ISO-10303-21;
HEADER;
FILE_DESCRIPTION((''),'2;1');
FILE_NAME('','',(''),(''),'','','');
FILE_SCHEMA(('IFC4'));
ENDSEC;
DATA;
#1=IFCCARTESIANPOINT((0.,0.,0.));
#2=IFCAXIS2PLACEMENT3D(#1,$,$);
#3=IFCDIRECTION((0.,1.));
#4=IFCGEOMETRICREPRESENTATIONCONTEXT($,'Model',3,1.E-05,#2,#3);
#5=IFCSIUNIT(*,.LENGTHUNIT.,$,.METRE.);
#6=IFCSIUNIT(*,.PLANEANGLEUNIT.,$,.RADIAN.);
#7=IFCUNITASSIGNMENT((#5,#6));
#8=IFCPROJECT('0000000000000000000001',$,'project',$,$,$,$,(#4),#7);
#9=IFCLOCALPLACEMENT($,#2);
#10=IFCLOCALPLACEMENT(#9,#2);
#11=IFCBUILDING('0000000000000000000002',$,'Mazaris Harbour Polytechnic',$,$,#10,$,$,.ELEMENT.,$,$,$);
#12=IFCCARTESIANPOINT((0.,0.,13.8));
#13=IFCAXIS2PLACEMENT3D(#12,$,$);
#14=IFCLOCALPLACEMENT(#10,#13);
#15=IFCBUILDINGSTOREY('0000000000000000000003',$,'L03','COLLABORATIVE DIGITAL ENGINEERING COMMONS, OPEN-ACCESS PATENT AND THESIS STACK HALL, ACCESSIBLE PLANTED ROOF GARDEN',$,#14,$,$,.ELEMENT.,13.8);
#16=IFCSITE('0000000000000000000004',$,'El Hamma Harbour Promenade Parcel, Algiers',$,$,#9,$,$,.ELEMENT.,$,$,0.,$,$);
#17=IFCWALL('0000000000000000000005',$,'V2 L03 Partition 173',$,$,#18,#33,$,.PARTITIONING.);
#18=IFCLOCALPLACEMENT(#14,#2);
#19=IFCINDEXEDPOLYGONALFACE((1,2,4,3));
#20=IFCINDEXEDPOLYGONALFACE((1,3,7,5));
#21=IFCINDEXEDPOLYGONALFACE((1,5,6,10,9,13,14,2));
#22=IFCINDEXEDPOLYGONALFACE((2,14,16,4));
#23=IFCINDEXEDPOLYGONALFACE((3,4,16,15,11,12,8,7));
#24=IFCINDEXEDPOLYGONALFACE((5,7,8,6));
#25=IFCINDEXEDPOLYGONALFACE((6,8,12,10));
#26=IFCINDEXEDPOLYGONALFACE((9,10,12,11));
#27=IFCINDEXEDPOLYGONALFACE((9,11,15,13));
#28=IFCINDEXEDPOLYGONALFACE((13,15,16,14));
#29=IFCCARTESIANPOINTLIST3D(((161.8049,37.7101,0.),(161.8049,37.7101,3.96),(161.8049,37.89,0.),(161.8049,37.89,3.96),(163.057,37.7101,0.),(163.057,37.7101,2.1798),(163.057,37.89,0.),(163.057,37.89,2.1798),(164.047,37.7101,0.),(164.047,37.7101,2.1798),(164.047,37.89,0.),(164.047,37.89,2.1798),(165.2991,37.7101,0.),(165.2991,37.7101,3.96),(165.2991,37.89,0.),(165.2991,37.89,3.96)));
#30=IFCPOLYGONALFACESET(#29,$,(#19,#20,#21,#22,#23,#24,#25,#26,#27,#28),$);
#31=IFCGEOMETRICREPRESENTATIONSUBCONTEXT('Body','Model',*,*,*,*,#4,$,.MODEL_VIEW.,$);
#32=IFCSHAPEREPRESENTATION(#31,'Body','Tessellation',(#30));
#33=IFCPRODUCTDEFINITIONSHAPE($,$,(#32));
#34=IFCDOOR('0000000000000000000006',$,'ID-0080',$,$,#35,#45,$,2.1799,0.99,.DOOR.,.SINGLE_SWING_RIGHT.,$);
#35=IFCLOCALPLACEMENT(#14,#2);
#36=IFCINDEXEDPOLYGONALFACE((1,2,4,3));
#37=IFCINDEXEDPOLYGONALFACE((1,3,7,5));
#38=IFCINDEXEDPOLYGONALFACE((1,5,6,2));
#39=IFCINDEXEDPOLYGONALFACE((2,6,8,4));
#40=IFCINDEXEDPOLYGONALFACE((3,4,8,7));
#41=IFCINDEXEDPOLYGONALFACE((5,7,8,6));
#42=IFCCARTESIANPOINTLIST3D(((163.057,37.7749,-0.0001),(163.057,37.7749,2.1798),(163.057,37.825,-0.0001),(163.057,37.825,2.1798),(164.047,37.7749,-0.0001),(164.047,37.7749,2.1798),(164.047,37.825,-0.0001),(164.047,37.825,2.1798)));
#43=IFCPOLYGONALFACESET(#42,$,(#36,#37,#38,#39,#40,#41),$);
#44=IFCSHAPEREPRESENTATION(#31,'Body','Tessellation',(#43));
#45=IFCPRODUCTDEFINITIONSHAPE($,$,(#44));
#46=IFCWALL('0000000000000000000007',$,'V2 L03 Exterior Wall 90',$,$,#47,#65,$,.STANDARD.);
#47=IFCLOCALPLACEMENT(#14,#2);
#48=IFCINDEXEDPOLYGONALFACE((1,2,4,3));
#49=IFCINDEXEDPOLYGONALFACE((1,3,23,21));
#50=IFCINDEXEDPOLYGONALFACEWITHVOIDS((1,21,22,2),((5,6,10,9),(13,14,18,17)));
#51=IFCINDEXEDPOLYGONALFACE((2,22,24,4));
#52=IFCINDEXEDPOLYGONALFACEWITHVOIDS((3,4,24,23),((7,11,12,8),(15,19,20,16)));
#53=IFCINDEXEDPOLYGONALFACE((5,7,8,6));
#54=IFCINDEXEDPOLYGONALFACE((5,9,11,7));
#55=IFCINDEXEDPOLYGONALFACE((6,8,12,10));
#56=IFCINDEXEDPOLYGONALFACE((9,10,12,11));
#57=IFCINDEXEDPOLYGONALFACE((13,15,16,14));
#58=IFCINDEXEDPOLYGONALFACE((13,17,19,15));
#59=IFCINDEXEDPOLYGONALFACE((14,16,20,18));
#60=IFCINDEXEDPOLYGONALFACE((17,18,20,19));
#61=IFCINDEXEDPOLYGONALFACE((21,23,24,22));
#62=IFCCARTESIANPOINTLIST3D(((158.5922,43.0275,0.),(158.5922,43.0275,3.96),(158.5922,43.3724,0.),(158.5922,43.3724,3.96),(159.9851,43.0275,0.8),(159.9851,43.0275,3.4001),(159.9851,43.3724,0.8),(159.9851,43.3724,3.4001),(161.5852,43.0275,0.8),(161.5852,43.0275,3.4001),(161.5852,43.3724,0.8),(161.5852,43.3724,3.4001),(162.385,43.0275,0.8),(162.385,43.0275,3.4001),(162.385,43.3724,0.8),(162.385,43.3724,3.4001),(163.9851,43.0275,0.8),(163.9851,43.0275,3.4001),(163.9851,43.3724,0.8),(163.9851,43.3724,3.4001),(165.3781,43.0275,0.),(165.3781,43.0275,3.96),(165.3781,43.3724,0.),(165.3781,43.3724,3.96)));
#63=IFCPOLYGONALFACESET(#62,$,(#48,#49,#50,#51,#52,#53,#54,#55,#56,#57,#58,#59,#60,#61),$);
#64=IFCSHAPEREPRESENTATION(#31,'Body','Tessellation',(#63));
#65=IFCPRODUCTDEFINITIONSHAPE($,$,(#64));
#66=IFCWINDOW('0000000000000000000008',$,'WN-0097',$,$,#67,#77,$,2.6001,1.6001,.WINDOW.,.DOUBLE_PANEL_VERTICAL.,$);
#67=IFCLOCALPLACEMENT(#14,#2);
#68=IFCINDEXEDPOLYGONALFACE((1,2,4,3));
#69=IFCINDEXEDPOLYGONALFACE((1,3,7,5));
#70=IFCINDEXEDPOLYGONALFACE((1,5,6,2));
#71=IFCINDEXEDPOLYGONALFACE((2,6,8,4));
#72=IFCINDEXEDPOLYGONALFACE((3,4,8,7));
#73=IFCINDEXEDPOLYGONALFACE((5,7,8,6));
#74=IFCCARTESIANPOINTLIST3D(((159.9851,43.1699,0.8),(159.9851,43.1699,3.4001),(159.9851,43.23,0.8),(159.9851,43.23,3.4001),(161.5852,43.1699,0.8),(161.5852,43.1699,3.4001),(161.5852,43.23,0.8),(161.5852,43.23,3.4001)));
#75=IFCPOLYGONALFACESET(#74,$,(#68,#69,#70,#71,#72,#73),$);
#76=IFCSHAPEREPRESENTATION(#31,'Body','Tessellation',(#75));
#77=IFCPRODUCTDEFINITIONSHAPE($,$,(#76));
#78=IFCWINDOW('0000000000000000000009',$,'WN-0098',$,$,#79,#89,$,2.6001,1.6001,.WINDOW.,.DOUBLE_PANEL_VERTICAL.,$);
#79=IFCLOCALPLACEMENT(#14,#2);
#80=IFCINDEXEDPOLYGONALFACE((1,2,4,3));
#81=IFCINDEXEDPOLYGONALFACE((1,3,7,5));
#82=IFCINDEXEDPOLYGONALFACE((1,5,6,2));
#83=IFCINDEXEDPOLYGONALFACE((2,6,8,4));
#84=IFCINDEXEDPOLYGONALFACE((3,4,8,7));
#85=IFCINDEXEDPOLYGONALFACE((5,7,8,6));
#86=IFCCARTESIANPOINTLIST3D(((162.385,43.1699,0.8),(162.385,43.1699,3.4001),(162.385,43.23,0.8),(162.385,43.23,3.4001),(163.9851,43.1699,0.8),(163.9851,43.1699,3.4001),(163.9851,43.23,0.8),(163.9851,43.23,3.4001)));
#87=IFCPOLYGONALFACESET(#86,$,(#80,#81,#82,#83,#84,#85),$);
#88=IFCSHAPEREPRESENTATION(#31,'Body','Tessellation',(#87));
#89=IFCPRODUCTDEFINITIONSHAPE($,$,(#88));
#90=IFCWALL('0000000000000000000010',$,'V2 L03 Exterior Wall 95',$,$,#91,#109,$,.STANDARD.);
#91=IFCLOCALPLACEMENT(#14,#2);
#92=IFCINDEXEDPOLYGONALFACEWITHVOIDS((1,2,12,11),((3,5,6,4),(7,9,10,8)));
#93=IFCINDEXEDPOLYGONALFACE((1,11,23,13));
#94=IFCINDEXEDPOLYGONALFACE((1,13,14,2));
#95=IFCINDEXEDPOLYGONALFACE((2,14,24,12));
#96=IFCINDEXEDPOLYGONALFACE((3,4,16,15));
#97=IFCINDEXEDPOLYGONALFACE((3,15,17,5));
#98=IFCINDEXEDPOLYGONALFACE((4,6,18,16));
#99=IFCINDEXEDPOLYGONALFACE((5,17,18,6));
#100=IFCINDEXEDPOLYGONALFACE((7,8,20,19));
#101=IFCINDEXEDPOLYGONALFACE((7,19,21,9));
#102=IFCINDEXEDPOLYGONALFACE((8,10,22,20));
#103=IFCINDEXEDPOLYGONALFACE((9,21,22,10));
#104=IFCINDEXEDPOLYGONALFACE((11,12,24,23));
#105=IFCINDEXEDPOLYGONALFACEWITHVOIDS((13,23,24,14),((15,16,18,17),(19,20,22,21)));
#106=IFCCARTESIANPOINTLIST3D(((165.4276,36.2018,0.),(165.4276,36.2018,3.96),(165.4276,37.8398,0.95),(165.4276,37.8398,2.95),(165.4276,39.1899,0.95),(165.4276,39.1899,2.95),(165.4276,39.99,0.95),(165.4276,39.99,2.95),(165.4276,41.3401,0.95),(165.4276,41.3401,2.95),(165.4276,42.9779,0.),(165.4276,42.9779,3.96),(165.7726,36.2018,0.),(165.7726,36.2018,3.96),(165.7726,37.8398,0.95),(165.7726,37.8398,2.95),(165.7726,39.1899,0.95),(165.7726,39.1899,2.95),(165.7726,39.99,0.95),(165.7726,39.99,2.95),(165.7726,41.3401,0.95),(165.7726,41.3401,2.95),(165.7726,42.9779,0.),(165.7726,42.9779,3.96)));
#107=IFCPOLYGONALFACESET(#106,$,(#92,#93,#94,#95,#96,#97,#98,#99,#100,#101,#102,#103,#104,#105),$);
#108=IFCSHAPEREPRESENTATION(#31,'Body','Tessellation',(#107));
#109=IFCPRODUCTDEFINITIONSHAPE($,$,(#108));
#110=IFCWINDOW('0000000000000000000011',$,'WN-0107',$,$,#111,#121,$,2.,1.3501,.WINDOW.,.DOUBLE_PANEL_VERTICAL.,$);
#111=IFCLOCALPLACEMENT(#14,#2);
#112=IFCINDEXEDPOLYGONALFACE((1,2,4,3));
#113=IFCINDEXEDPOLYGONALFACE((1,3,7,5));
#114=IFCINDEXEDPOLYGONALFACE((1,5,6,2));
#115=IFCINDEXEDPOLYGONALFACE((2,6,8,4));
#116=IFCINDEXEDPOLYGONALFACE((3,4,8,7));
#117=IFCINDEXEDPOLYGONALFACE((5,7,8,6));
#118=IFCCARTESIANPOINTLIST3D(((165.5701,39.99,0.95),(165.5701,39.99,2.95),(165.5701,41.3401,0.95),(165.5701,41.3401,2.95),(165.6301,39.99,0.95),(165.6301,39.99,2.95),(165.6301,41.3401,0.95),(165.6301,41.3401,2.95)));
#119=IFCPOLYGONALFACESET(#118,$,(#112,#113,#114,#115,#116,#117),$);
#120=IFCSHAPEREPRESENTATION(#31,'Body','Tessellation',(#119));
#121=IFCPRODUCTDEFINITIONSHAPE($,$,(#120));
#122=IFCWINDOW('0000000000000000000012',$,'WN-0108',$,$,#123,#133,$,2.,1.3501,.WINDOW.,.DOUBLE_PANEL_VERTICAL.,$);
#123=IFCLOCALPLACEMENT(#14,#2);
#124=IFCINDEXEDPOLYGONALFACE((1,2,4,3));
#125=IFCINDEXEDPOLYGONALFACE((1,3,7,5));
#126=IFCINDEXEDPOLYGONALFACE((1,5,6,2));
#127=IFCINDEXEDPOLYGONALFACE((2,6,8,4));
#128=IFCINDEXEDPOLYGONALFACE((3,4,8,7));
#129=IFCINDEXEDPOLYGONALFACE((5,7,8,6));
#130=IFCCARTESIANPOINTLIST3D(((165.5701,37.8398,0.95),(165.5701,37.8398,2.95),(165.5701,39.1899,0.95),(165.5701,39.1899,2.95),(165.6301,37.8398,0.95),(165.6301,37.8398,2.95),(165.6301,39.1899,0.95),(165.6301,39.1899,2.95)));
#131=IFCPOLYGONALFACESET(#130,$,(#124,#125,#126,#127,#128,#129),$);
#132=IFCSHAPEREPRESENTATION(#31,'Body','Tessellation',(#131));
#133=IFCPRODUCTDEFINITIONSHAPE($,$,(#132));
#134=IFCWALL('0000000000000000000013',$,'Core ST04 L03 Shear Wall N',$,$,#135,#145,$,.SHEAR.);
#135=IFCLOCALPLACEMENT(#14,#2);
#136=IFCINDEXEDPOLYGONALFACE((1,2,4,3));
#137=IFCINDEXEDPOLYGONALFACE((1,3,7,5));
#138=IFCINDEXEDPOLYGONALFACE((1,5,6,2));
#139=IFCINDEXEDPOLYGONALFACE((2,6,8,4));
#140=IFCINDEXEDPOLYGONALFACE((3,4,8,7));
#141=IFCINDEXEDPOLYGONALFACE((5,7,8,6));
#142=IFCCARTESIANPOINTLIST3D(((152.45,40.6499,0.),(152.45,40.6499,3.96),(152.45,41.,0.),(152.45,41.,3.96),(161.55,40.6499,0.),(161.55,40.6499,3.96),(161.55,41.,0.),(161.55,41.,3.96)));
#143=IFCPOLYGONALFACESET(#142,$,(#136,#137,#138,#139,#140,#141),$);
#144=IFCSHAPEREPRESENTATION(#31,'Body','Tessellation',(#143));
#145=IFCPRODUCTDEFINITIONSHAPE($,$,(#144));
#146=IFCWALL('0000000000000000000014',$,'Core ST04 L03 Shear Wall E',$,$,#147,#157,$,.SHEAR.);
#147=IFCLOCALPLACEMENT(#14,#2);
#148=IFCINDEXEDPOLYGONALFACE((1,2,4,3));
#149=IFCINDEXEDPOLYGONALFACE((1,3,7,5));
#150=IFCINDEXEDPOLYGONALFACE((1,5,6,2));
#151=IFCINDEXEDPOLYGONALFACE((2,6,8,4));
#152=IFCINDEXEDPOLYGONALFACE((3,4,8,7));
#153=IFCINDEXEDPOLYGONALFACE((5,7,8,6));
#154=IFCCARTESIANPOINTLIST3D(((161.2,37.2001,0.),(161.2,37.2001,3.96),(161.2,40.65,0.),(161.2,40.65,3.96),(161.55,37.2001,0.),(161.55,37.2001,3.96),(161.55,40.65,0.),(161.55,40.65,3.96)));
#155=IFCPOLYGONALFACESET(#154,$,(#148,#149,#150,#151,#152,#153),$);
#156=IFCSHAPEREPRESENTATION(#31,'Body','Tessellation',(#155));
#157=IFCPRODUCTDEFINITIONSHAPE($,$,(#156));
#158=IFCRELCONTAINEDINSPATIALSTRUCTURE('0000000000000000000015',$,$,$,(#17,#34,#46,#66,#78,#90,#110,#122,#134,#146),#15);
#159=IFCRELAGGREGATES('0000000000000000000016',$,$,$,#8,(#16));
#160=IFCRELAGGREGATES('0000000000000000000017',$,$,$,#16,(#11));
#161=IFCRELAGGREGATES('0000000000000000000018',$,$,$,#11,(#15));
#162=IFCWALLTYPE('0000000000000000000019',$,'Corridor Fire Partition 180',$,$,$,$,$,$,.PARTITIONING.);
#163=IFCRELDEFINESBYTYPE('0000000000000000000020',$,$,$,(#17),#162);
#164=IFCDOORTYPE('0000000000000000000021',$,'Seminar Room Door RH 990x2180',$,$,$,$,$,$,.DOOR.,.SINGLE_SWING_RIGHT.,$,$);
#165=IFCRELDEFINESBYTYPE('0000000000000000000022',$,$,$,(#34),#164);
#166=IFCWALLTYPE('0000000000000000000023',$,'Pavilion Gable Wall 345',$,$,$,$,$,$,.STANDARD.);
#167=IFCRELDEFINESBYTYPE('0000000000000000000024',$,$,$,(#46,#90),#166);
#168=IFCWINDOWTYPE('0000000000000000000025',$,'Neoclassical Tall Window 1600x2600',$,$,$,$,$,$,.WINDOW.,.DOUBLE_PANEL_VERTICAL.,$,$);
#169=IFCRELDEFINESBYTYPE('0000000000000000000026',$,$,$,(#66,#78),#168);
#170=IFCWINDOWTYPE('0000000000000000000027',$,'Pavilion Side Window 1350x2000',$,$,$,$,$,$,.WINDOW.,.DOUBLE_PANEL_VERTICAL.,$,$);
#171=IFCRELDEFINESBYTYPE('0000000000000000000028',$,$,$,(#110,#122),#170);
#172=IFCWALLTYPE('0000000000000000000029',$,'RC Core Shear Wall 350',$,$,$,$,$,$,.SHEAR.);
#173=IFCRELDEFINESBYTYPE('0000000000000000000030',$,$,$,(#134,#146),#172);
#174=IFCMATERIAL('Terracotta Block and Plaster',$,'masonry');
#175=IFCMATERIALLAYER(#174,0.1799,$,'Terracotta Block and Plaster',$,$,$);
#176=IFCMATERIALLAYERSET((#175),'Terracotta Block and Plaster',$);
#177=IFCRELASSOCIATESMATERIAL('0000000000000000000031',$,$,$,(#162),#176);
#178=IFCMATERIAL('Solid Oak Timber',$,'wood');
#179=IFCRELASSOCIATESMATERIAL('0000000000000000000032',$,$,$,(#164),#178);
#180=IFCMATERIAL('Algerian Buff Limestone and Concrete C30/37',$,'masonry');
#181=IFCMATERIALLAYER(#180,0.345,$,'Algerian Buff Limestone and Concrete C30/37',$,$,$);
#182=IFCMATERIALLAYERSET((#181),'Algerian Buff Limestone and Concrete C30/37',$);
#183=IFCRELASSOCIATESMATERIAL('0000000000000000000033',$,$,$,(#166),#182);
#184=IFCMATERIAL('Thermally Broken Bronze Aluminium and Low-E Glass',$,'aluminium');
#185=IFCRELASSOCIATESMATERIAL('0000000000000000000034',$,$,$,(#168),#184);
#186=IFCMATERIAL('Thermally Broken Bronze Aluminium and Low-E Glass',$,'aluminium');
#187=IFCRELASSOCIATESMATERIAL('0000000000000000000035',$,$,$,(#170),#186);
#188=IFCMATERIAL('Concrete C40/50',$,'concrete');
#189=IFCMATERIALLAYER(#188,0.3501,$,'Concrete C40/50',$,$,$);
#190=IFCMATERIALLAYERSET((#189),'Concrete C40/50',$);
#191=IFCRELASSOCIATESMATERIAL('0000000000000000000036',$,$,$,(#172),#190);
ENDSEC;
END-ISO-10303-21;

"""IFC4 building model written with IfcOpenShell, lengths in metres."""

from ifc_helpers import new_model, si_unit, direction, frame, frame_2d, origin, place, context, subcontext, project, spatial, rectangle, extrude, material, layer, layer_set, type_object, element, fill, save


model = new_model("IFC4")

# Units and contexts
model_context = context("Model", 3, precision=1e-05, world=origin(), true_north=direction((0.0, 1.0)))
body_context = subcontext(model_context, "Body", "Model", "MODEL_VIEW")
ifc_project = project(units=[si_unit("LENGTHUNIT", "METRE"), si_unit("PLANEANGLEUNIT", "RADIAN")], contexts=[model_context])

# Site, building, storey
site_placement = place(None, origin())
site = spatial("IfcSite", under=ifc_project, at=site_placement, Name="El Hamma Harbour Promenade Parcel, Algiers", CompositionType="ELEMENT", RefElevation=0.0)
building_placement = place(site_placement, origin())
building = spatial("IfcBuilding", under=site, at=building_placement, Name="Mazaris Harbour Polytechnic", CompositionType="ELEMENT")
storey_placement = place(building_placement, frame((0.0, 0.0, 13.8)))
storey = spatial("IfcBuildingStorey", under=building, at=storey_placement, Name="L03", Description="COLLABORATIVE DIGITAL ENGINEERING COMMONS, OPEN-ACCESS PATENT AND THESIS STACK HALL, ACCESSIBLE PLANTED ROOF GARDEN", CompositionType="ELEMENT", Elevation=13.8)

# Wall, opening, door
ifc_material_1 = material(Name="Terracotta Block and Plaster", Category="masonry")
ifc_layer_1 = layer(ifc_material_1, 0.1799, Name="Terracotta Block and Plaster")
ifc_layer_set_1 = layer_set([ifc_layer_1], Name="Terracotta Block and Plaster")
wall_type_1 = type_object("IfcWallType", Name="Corridor Fire Partition 180", PredefinedType="PARTITIONING", material=ifc_layer_set_1)
wall_1_placement = place(storey_placement, frame((161.8049, 37.8, 0.0), z_axis=(0.0, 0.0, 1.0), x_axis=(1.0, 0.0, 0.0)))
wall_1 = element("IfcWall", 1, at=wall_1_placement, inside=storey, type_object=wall_type_1, Name="V2 L03 Partition 173", PredefinedType="PARTITIONING", context=body_context, shape_type="SweptSolid", body=[
    extrude(rectangle(XDim=3.4941, YDim=0.1799, at=frame_2d((1.7471, 0.0))), origin(), (0.0, 0.0, 1.0), 3.96),
])
opening_1_placement = place(wall_1_placement, frame((1.252, 0.0, 0.0)))
opening_1 = element("IfcOpeningElement", 2, at=opening_1_placement, cuts=wall_1, PredefinedType="OPENING", context=body_context, shape_type="SweptSolid", body=[
    extrude(rectangle(XDim=0.99, YDim=2.1799, at=frame_2d((0.4951, 1.0898))), frame((0.0, 0.0999, 0.0), z_axis=(0.0, -1.0, 0.0), x_axis=(1.0, 0.0, 0.0)), (0.0, 0.0, 1.0), 0.2),
])
ifc_material_2 = material(Name="Solid Oak Timber", Category="wood")
door_type = type_object("IfcDoorType", Name="Seminar Room Door RH 990x2180", OperationType="SINGLE_SWING_RIGHT", PredefinedType="DOOR", material=ifc_material_2)
door_placement = place(opening_1_placement, origin())
door = element("IfcDoor", 3, at=door_placement, inside=storey, type_object=door_type, Name="ID-0080", OperationType="SINGLE_SWING_RIGHT", OverallHeight=2.1799, OverallWidth=0.99, PredefinedType="DOOR", context=body_context, shape_type="SweptSolid", body=[
    extrude(rectangle(XDim=0.99, YDim=2.1799, at=frame_2d((0.4951, 1.0898))), frame((0.0, 0.0249, 0.0), z_axis=(0.0, -1.0, 0.0), x_axis=(1.0, 0.0, 0.0)), (0.0, 0.0, 1.0), 0.05),
])
fill(opening_1, door)

# Walls, openings, windows
ifc_material_3 = material(Name="Algerian Buff Limestone and Concrete C30/37", Category="masonry")
ifc_layer_2 = layer(ifc_material_3, 0.345, Name="Algerian Buff Limestone and Concrete C30/37")
ifc_layer_set_2 = layer_set([ifc_layer_2], Name="Algerian Buff Limestone and Concrete C30/37")
wall_type_2 = type_object("IfcWallType", Name="Pavilion Gable Wall 345", PredefinedType="STANDARD", material=ifc_layer_set_2)
wall_2_placement = place(storey_placement, frame((158.592, 43.2, 0.0), z_axis=(0.0, 0.0, 1.0), x_axis=(1.0, 0.0, 0.0)))
wall_2 = element("IfcWall", 4, at=wall_2_placement, inside=storey, type_object=wall_type_2, Name="V2 L03 Exterior Wall 90", PredefinedType="STANDARD", context=body_context, shape_type="SweptSolid", body=[
    extrude(rectangle(XDim=6.7859, YDim=0.345, at=frame_2d((3.3931, 0.0))), origin(), (0.0, 0.0, 1.0), 3.96),
])
opening_2_placement = place(wall_2_placement, frame((1.3931, 0.0, 0.8)))
opening_2 = element("IfcOpeningElement", 5, at=opening_2_placement, cuts=wall_2, PredefinedType="OPENING", context=body_context, shape_type="SweptSolid", body=[
    extrude(rectangle(XDim=1.6001, YDim=2.6001, at=frame_2d((0.8, 1.3))), frame((0.0, 0.1824, 0.0), z_axis=(0.0, -1.0, 0.0), x_axis=(1.0, 0.0, 0.0)), (0.0, 0.0, 1.0), 0.365),
])
opening_3_placement = place(wall_2_placement, frame((3.793, 0.0, 0.8)))
opening_3 = element("IfcOpeningElement", 6, at=opening_3_placement, cuts=wall_2, PredefinedType="OPENING", context=body_context, shape_type="SweptSolid", body=[
    extrude(rectangle(XDim=1.6001, YDim=2.6001, at=frame_2d((0.8, 1.3))), frame((0.0, 0.1824, 0.0), z_axis=(0.0, -1.0, 0.0), x_axis=(1.0, 0.0, 0.0)), (0.0, 0.0, 1.0), 0.365),
])
ifc_material_4 = material(Name="Thermally Broken Bronze Aluminium and Low-E Glass", Category="aluminium")
window_type_1 = type_object("IfcWindowType", Name="Neoclassical Tall Window 1600x2600", PartitioningType="DOUBLE_PANEL_VERTICAL", PredefinedType="WINDOW", material=ifc_material_4)
window_1_placement = place(opening_2_placement, origin())
window_1 = element("IfcWindow", 7, at=window_1_placement, inside=storey, type_object=window_type_1, Name="WN-0097", OverallHeight=2.6001, OverallWidth=1.6001, PartitioningType="DOUBLE_PANEL_VERTICAL", PredefinedType="WINDOW", context=body_context, shape_type="SweptSolid", body=[
    extrude(rectangle(XDim=1.6001, YDim=2.6001, at=frame_2d((0.8, 1.3))), frame((0.0, 0.03, 0.0), z_axis=(0.0, -1.0, 0.0), x_axis=(1.0, 0.0, 0.0)), (0.0, 0.0, 1.0), 0.0601),
])
fill(opening_2, window_1)
window_2_placement = place(opening_3_placement, origin())
window_2 = element("IfcWindow", 8, at=window_2_placement, inside=storey, type_object=window_type_1, Name="WN-0098", OverallHeight=2.6001, OverallWidth=1.6001, PartitioningType="DOUBLE_PANEL_VERTICAL", PredefinedType="WINDOW", context=body_context, shape_type="SweptSolid", body=[
    extrude(rectangle(XDim=1.6001, YDim=2.6001, at=frame_2d((0.8, 1.3))), frame((0.0, 0.03, 0.0), z_axis=(0.0, -1.0, 0.0), x_axis=(1.0, 0.0, 0.0)), (0.0, 0.0, 1.0), 0.0601),
])
fill(opening_3, window_2)
wall_3_placement = place(storey_placement, frame((165.6001, 42.978, 0.0), z_axis=(0.0, 0.0, 1.0), x_axis=(0.0, -1.0, 0.0)))
wall_3 = element("IfcWall", 9, at=wall_3_placement, inside=storey, type_object=wall_type_2, Name="V2 L03 Exterior Wall 95", PredefinedType="STANDARD", context=body_context, shape_type="SweptSolid", body=[
    extrude(rectangle(XDim=6.7761, YDim=0.345, at=frame_2d((3.3882, 0.0))), origin(), (0.0, 0.0, 1.0), 3.96),
])
opening_4_placement = place(wall_3_placement, frame((1.6379, 0.0, 0.95)))
opening_4 = element("IfcOpeningElement", 10, at=opening_4_placement, cuts=wall_3, PredefinedType="OPENING", context=body_context, shape_type="SweptSolid", body=[
    extrude(rectangle(XDim=1.3501, YDim=2.0, at=frame_2d((0.675, 1.0))), frame((0.0, 0.1824, 0.0), z_axis=(0.0, -1.0, 0.0), x_axis=(1.0, 0.0, 0.0)), (0.0, 0.0, 1.0), 0.365),
])
opening_5_placement = place(wall_3_placement, frame((3.7881, 0.0, 0.95)))
opening_5 = element("IfcOpeningElement", 11, at=opening_5_placement, cuts=wall_3, PredefinedType="OPENING", context=body_context, shape_type="SweptSolid", body=[
    extrude(rectangle(XDim=1.3501, YDim=2.0, at=frame_2d((0.675, 1.0))), frame((0.0, 0.1824, 0.0), z_axis=(0.0, -1.0, 0.0), x_axis=(1.0, 0.0, 0.0)), (0.0, 0.0, 1.0), 0.365),
])
ifc_material_5 = material(Name="Thermally Broken Bronze Aluminium and Low-E Glass", Category="aluminium")
window_type_2 = type_object("IfcWindowType", Name="Pavilion Side Window 1350x2000", PartitioningType="DOUBLE_PANEL_VERTICAL", PredefinedType="WINDOW", material=ifc_material_5)
window_3_placement = place(opening_4_placement, origin())
window_3 = element("IfcWindow", 12, at=window_3_placement, inside=storey, type_object=window_type_2, Name="WN-0107", OverallHeight=2.0, OverallWidth=1.3501, PartitioningType="DOUBLE_PANEL_VERTICAL", PredefinedType="WINDOW", context=body_context, shape_type="SweptSolid", body=[
    extrude(rectangle(XDim=1.3501, YDim=2.0, at=frame_2d((0.675, 1.0))), frame((0.0, 0.03, 0.0), z_axis=(0.0, -1.0, 0.0), x_axis=(1.0, 0.0, 0.0)), (0.0, 0.0, 1.0), 0.0601),
])
fill(opening_4, window_3)
window_4_placement = place(opening_5_placement, origin())
window_4 = element("IfcWindow", 13, at=window_4_placement, inside=storey, type_object=window_type_2, Name="WN-0108", OverallHeight=2.0, OverallWidth=1.3501, PartitioningType="DOUBLE_PANEL_VERTICAL", PredefinedType="WINDOW", context=body_context, shape_type="SweptSolid", body=[
    extrude(rectangle(XDim=1.3501, YDim=2.0, at=frame_2d((0.675, 1.0))), frame((0.0, 0.03, 0.0), z_axis=(0.0, -1.0, 0.0), x_axis=(1.0, 0.0, 0.0)), (0.0, 0.0, 1.0), 0.0601),
])
fill(opening_5, window_4)

# Walls
ifc_material_6 = material(Name="Concrete C40/50", Category="concrete")
ifc_layer_3 = layer(ifc_material_6, 0.3501, Name="Concrete C40/50")
ifc_layer_set_3 = layer_set([ifc_layer_3], Name="Concrete C40/50")
wall_type_3 = type_object("IfcWallType", Name="RC Core Shear Wall 350", PredefinedType="SHEAR", material=ifc_layer_set_3)
wall_4_placement = place(storey_placement, frame((161.55, 40.825, 0.0), z_axis=(0.0, 0.0, 1.0), x_axis=(-1.0, 0.0, 0.0)))
element("IfcWall", 14, at=wall_4_placement, inside=storey, type_object=wall_type_3, Name="Core ST04 L03 Shear Wall N", PredefinedType="SHEAR", context=body_context, shape_type="SweptSolid", body=[
    extrude(rectangle(XDim=9.1001, YDim=0.3501, at=frame_2d((4.55, 0.0))), origin(), (0.0, 0.0, 1.0), 3.96),
])
wall_5_placement = place(storey_placement, frame((161.375, 37.2, 0.0), z_axis=(0.0, 0.0, 1.0), x_axis=(0.0, 1.0, 0.0)))
element("IfcWall", 15, at=wall_5_placement, inside=storey, type_object=wall_type_3, Name="Core ST04 L03 Shear Wall E", PredefinedType="SHEAR", context=body_context, shape_type="SweptSolid", body=[
    extrude(rectangle(XDim=3.45, YDim=0.3501, at=frame_2d((1.7251, 0.0))), origin(), (0.0, 0.0, 1.0), 3.96),
])

save(model, "model.ifc")
